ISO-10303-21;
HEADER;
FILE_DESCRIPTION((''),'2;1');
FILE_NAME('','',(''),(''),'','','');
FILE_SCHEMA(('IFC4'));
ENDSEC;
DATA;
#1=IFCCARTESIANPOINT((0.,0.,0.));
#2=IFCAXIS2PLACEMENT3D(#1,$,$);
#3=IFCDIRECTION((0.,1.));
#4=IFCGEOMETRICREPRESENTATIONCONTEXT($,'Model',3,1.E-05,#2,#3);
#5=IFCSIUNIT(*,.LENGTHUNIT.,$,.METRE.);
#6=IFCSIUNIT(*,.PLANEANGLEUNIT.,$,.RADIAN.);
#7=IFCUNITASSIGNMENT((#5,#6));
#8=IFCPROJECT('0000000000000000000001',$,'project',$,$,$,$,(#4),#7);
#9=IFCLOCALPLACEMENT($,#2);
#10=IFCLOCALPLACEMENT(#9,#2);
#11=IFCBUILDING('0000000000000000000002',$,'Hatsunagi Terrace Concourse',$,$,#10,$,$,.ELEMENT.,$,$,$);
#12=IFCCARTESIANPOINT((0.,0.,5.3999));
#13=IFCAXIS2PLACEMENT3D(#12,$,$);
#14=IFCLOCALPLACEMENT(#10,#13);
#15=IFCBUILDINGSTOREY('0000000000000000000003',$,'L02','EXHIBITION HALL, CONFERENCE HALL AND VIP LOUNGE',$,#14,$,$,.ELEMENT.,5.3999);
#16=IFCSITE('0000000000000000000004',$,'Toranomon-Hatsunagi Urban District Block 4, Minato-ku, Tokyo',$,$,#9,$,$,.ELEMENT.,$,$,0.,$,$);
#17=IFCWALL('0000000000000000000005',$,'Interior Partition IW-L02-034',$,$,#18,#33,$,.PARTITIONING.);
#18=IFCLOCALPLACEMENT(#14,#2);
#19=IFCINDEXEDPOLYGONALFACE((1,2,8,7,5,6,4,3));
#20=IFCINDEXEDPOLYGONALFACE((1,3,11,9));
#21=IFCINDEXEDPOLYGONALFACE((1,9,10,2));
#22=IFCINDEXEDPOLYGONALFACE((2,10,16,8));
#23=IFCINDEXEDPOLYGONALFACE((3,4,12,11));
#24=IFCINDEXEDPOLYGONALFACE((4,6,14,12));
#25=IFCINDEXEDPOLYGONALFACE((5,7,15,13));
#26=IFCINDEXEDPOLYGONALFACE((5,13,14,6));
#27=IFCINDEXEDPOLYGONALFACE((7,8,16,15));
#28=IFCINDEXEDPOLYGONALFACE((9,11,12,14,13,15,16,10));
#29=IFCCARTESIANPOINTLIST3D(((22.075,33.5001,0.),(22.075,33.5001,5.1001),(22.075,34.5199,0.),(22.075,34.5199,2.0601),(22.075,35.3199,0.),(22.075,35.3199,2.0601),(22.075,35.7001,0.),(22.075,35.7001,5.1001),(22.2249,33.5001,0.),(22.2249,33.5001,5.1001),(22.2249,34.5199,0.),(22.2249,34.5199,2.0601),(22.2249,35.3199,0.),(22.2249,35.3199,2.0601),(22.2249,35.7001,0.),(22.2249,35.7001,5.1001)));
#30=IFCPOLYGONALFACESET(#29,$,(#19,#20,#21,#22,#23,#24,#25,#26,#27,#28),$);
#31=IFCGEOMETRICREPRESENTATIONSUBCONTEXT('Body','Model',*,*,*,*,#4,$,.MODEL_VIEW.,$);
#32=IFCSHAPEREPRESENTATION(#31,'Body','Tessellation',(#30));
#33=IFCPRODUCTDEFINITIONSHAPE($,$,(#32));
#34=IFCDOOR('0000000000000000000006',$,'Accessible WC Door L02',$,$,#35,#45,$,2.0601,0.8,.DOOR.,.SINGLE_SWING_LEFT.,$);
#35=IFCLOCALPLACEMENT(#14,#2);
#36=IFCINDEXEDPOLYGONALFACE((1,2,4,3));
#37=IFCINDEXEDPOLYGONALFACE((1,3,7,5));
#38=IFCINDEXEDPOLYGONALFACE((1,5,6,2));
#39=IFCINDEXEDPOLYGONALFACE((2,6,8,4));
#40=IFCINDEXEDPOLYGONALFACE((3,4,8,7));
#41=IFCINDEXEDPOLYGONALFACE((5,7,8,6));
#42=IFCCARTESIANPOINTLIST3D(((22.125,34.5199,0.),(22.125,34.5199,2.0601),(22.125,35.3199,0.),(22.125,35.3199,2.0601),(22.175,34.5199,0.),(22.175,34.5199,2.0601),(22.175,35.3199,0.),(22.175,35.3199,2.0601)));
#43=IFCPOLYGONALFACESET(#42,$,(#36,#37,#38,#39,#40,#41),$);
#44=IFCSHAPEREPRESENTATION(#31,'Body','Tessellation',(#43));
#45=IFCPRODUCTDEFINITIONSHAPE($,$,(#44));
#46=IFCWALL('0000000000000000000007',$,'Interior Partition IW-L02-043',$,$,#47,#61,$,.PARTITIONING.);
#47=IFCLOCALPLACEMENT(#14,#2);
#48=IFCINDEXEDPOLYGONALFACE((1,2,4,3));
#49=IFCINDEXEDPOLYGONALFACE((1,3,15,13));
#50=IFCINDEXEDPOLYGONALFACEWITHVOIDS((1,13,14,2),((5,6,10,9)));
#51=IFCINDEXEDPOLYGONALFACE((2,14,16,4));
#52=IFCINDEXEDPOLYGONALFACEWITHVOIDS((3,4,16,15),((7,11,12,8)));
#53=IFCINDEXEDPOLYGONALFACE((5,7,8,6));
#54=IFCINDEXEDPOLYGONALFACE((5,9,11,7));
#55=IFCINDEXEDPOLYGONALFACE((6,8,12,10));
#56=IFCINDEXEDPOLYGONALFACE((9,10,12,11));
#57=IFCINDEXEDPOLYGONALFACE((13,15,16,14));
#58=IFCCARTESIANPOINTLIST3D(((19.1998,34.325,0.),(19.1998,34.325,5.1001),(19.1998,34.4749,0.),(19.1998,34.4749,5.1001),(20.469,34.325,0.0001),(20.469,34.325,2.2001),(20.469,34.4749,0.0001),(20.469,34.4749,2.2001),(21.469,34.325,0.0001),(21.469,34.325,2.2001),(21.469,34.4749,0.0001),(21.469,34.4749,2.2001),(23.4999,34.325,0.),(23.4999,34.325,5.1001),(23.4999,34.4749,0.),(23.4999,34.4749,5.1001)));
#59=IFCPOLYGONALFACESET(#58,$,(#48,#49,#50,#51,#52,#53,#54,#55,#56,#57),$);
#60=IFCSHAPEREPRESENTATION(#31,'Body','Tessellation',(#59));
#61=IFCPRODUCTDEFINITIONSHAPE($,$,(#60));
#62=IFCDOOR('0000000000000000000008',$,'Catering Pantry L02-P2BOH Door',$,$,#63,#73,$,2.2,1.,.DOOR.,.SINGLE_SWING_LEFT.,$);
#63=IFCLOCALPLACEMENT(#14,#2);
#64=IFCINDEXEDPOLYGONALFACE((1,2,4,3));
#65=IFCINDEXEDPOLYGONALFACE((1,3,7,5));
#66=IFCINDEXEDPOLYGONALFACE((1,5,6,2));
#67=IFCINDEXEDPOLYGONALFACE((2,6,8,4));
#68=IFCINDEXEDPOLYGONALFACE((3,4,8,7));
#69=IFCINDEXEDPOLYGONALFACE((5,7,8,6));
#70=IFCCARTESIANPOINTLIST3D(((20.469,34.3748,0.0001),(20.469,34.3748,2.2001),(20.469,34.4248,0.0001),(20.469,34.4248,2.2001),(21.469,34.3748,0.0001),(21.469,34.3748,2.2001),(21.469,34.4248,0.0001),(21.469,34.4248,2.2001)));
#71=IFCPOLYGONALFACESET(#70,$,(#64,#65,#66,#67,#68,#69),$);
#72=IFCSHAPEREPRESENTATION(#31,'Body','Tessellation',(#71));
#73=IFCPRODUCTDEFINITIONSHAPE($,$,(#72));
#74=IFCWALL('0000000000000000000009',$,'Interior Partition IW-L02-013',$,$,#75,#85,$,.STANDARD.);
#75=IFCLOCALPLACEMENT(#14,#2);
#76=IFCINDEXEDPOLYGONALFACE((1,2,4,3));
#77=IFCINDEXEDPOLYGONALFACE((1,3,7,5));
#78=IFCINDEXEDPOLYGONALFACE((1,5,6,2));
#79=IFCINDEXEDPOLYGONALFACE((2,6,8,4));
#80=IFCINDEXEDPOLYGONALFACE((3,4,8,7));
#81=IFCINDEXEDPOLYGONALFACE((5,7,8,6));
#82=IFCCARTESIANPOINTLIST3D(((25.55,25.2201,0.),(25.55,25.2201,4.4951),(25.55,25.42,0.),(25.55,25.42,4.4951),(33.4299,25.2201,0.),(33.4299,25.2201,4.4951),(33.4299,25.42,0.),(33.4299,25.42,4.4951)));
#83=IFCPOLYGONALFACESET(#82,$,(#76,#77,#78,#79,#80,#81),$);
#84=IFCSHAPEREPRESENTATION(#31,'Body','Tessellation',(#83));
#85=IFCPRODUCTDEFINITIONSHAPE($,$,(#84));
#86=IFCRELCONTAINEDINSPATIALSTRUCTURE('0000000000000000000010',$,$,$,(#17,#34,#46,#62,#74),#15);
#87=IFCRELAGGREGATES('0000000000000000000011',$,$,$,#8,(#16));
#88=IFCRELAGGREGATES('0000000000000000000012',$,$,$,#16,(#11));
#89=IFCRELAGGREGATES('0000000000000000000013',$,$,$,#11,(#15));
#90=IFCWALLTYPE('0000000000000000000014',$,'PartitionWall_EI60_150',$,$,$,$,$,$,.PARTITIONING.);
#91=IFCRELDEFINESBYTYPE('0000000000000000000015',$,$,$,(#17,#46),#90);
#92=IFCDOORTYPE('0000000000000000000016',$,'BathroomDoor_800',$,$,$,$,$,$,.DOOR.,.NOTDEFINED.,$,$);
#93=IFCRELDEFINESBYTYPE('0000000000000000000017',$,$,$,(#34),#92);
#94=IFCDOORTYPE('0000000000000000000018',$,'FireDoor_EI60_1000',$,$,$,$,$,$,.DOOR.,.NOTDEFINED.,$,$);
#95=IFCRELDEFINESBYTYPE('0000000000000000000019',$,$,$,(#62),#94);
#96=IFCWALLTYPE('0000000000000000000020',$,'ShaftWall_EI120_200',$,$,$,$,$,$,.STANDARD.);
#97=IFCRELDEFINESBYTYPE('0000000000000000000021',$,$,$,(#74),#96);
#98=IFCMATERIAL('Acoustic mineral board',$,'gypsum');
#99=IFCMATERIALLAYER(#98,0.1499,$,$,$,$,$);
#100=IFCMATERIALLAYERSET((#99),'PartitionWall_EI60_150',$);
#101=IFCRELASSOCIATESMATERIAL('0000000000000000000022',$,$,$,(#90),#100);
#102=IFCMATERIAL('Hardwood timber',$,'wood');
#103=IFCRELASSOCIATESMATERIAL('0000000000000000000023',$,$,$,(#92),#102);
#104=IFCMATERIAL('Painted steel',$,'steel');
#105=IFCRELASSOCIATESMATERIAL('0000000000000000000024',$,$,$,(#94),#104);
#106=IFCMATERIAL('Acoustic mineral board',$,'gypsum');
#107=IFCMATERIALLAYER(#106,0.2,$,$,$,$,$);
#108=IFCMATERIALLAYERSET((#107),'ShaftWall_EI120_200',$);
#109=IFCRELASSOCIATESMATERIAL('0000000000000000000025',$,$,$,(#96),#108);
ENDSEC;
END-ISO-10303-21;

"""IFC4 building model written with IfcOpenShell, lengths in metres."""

from ifc_helpers import new_model, si_unit, direction, frame, frame_2d, origin, place, context, subcontext, project, spatial, rectangle, extrude, material, layer, layer_set, type_object, element, fill, save


model = new_model("IFC4")

# Units and contexts
model_context = context("Model", 3, precision=1e-05, world=origin(), true_north=direction((0.0, 1.0)))
body_context = subcontext(model_context, "Body", "Model", "MODEL_VIEW")
ifc_project = project(units=[si_unit("LENGTHUNIT", "METRE"), si_unit("PLANEANGLEUNIT", "RADIAN")], contexts=[model_context])

# Site, building, storey
site_placement = place(None, origin())
site = spatial("IfcSite", under=ifc_project, at=site_placement, Name="Toranomon-Hatsunagi Urban District Block 4, Minato-ku, Tokyo", CompositionType="ELEMENT", RefElevation=0.0)
building_placement = place(site_placement, origin())
building = spatial("IfcBuilding", under=site, at=building_placement, Name="Hatsunagi Terrace Concourse", CompositionType="ELEMENT")
storey_placement = place(building_placement, frame((0.0, 0.0, 5.3999)))
storey = spatial("IfcBuildingStorey", under=building, at=storey_placement, Name="L02", Description="EXHIBITION HALL, CONFERENCE HALL AND VIP LOUNGE", CompositionType="ELEMENT", Elevation=5.3999)

# Shared definitions
ifc_material_1 = material(Name="Acoustic mineral board", Category="gypsum")
ifc_layer_1 = layer(ifc_material_1, 0.1499)
ifc_layer_set_1 = layer_set([ifc_layer_1], Name="PartitionWall_EI60_150")
wall_type_1 = type_object("IfcWallType", Name="PartitionWall_EI60_150", PredefinedType="PARTITIONING", material=ifc_layer_set_1)

# Walls, openings, doors
wall_1_placement = place(storey_placement, frame((22.1499, 33.5, 0.0), z_axis=(0.0, 0.0, 1.0), x_axis=(0.0, 1.0, 0.0)))
wall_1 = element("IfcWall", 1, at=wall_1_placement, inside=storey, type_object=wall_type_1, Name="Interior Partition IW-L02-034", PredefinedType="PARTITIONING", context=body_context, shape_type="SweptSolid", body=[
    extrude(rectangle(XDim=2.2, YDim=0.1499, at=frame_2d((1.1001, 0.0))), origin(), (0.0, 0.0, 1.0), 5.1001),
])
opening_1_placement = place(wall_1_placement, frame((1.02, 0.0, 0.0)))
opening_1 = element("IfcOpeningElement", 2, at=opening_1_placement, cuts=wall_1, PredefinedType="OPENING", context=body_context, shape_type="SweptSolid", body=[
    extrude(rectangle(XDim=0.8, YDim=2.0601, at=frame_2d((0.3999, 1.03))), frame((0.0, 0.085, 0.0), z_axis=(0.0, -1.0, 0.0), x_axis=(1.0, 0.0, 0.0)), (0.0, 0.0, 1.0), 0.1699),
])
ifc_material_2 = material(Name="Hardwood timber", Category="wood")
door_type_1 = type_object("IfcDoorType", Name="BathroomDoor_800", OperationType="NOTDEFINED", PredefinedType="DOOR", material=ifc_material_2)
door_1_placement = place(opening_1_placement, origin())
door_1 = element("IfcDoor", 3, at=door_1_placement, inside=storey, type_object=door_type_1, Name="Accessible WC Door L02", OperationType="SINGLE_SWING_LEFT", OverallHeight=2.0601, OverallWidth=0.8, PredefinedType="DOOR", context=body_context, shape_type="SweptSolid", body=[
    extrude(rectangle(XDim=0.8, YDim=2.0601, at=frame_2d((0.3999, 1.03))), frame((0.0, 0.0249, 0.0), z_axis=(0.0, -1.0, 0.0), x_axis=(1.0, 0.0, 0.0)), (0.0, 0.0, 1.0), 0.05),
])
fill(opening_1, door_1)
wall_2_placement = place(storey_placement, frame((19.2, 34.3999, 0.0), z_axis=(0.0, 0.0, 1.0), x_axis=(1.0, 0.0, 0.0)))
wall_2 = element("IfcWall", 4, at=wall_2_placement, inside=storey, type_object=wall_type_1, Name="Interior Partition IW-L02-043", PredefinedType="PARTITIONING", context=body_context, shape_type="SweptSolid", body=[
    extrude(rectangle(XDim=4.3, YDim=0.1499, at=frame_2d((2.1499, 0.0))), origin(), (0.0, 0.0, 1.0), 5.1001),
])
opening_2_placement = place(wall_2_placement, frame((1.269, 0.0, 0.0)))
opening_2 = element("IfcOpeningElement", 5, at=opening_2_placement, cuts=wall_2, PredefinedType="OPENING", context=body_context, shape_type="SweptSolid", body=[
    extrude(rectangle(XDim=1.0, YDim=2.2, at=frame_2d((0.5, 1.1001))), frame((0.0, 0.085, 0.0), z_axis=(0.0, -1.0, 0.0), x_axis=(1.0, 0.0, 0.0)), (0.0, 0.0, 1.0), 0.1699),
])
ifc_material_3 = material(Name="Painted steel", Category="steel")
door_type_2 = type_object("IfcDoorType", Name="FireDoor_EI60_1000", OperationType="NOTDEFINED", PredefinedType="DOOR", material=ifc_material_3)
door_2_placement = place(opening_2_placement, origin())
door_2 = element("IfcDoor", 6, at=door_2_placement, inside=storey, type_object=door_type_2, Name="Catering Pantry L02-P2BOH Door", OperationType="SINGLE_SWING_LEFT", OverallHeight=2.2, OverallWidth=1.0, PredefinedType="DOOR", context=body_context, shape_type="SweptSolid", body=[
    extrude(rectangle(XDim=1.0, YDim=2.2, at=frame_2d((0.5, 1.1001))), frame((0.0, 0.0249, 0.0), z_axis=(0.0, -1.0, 0.0), x_axis=(1.0, 0.0, 0.0)), (0.0, 0.0, 1.0), 0.05),
])
fill(opening_2, door_2)

# Wall
ifc_material_4 = material(Name="Acoustic mineral board", Category="gypsum")
ifc_layer_2 = layer(ifc_material_4, 0.2)
ifc_layer_set_2 = layer_set([ifc_layer_2], Name="ShaftWall_EI120_200")
wall_type_2 = type_object("IfcWallType", Name="ShaftWall_EI120_200", PredefinedType="STANDARD", material=ifc_layer_set_2)
wall_3_placement = place(storey_placement, frame((25.55, 25.3201, 0.0), z_axis=(0.0, 0.0, 1.0), x_axis=(1.0, 0.0, 0.0)))
element("IfcWall", 7, at=wall_3_placement, inside=storey, type_object=wall_type_2, Name="Interior Partition IW-L02-013", PredefinedType="STANDARD", context=body_context, shape_type="SweptSolid", body=[
    extrude(rectangle(XDim=7.8799, YDim=0.2, at=frame_2d((3.9399, 0.0))), origin(), (0.0, 0.0, 1.0), 4.4951),
])

save(model, "model.ifc")
